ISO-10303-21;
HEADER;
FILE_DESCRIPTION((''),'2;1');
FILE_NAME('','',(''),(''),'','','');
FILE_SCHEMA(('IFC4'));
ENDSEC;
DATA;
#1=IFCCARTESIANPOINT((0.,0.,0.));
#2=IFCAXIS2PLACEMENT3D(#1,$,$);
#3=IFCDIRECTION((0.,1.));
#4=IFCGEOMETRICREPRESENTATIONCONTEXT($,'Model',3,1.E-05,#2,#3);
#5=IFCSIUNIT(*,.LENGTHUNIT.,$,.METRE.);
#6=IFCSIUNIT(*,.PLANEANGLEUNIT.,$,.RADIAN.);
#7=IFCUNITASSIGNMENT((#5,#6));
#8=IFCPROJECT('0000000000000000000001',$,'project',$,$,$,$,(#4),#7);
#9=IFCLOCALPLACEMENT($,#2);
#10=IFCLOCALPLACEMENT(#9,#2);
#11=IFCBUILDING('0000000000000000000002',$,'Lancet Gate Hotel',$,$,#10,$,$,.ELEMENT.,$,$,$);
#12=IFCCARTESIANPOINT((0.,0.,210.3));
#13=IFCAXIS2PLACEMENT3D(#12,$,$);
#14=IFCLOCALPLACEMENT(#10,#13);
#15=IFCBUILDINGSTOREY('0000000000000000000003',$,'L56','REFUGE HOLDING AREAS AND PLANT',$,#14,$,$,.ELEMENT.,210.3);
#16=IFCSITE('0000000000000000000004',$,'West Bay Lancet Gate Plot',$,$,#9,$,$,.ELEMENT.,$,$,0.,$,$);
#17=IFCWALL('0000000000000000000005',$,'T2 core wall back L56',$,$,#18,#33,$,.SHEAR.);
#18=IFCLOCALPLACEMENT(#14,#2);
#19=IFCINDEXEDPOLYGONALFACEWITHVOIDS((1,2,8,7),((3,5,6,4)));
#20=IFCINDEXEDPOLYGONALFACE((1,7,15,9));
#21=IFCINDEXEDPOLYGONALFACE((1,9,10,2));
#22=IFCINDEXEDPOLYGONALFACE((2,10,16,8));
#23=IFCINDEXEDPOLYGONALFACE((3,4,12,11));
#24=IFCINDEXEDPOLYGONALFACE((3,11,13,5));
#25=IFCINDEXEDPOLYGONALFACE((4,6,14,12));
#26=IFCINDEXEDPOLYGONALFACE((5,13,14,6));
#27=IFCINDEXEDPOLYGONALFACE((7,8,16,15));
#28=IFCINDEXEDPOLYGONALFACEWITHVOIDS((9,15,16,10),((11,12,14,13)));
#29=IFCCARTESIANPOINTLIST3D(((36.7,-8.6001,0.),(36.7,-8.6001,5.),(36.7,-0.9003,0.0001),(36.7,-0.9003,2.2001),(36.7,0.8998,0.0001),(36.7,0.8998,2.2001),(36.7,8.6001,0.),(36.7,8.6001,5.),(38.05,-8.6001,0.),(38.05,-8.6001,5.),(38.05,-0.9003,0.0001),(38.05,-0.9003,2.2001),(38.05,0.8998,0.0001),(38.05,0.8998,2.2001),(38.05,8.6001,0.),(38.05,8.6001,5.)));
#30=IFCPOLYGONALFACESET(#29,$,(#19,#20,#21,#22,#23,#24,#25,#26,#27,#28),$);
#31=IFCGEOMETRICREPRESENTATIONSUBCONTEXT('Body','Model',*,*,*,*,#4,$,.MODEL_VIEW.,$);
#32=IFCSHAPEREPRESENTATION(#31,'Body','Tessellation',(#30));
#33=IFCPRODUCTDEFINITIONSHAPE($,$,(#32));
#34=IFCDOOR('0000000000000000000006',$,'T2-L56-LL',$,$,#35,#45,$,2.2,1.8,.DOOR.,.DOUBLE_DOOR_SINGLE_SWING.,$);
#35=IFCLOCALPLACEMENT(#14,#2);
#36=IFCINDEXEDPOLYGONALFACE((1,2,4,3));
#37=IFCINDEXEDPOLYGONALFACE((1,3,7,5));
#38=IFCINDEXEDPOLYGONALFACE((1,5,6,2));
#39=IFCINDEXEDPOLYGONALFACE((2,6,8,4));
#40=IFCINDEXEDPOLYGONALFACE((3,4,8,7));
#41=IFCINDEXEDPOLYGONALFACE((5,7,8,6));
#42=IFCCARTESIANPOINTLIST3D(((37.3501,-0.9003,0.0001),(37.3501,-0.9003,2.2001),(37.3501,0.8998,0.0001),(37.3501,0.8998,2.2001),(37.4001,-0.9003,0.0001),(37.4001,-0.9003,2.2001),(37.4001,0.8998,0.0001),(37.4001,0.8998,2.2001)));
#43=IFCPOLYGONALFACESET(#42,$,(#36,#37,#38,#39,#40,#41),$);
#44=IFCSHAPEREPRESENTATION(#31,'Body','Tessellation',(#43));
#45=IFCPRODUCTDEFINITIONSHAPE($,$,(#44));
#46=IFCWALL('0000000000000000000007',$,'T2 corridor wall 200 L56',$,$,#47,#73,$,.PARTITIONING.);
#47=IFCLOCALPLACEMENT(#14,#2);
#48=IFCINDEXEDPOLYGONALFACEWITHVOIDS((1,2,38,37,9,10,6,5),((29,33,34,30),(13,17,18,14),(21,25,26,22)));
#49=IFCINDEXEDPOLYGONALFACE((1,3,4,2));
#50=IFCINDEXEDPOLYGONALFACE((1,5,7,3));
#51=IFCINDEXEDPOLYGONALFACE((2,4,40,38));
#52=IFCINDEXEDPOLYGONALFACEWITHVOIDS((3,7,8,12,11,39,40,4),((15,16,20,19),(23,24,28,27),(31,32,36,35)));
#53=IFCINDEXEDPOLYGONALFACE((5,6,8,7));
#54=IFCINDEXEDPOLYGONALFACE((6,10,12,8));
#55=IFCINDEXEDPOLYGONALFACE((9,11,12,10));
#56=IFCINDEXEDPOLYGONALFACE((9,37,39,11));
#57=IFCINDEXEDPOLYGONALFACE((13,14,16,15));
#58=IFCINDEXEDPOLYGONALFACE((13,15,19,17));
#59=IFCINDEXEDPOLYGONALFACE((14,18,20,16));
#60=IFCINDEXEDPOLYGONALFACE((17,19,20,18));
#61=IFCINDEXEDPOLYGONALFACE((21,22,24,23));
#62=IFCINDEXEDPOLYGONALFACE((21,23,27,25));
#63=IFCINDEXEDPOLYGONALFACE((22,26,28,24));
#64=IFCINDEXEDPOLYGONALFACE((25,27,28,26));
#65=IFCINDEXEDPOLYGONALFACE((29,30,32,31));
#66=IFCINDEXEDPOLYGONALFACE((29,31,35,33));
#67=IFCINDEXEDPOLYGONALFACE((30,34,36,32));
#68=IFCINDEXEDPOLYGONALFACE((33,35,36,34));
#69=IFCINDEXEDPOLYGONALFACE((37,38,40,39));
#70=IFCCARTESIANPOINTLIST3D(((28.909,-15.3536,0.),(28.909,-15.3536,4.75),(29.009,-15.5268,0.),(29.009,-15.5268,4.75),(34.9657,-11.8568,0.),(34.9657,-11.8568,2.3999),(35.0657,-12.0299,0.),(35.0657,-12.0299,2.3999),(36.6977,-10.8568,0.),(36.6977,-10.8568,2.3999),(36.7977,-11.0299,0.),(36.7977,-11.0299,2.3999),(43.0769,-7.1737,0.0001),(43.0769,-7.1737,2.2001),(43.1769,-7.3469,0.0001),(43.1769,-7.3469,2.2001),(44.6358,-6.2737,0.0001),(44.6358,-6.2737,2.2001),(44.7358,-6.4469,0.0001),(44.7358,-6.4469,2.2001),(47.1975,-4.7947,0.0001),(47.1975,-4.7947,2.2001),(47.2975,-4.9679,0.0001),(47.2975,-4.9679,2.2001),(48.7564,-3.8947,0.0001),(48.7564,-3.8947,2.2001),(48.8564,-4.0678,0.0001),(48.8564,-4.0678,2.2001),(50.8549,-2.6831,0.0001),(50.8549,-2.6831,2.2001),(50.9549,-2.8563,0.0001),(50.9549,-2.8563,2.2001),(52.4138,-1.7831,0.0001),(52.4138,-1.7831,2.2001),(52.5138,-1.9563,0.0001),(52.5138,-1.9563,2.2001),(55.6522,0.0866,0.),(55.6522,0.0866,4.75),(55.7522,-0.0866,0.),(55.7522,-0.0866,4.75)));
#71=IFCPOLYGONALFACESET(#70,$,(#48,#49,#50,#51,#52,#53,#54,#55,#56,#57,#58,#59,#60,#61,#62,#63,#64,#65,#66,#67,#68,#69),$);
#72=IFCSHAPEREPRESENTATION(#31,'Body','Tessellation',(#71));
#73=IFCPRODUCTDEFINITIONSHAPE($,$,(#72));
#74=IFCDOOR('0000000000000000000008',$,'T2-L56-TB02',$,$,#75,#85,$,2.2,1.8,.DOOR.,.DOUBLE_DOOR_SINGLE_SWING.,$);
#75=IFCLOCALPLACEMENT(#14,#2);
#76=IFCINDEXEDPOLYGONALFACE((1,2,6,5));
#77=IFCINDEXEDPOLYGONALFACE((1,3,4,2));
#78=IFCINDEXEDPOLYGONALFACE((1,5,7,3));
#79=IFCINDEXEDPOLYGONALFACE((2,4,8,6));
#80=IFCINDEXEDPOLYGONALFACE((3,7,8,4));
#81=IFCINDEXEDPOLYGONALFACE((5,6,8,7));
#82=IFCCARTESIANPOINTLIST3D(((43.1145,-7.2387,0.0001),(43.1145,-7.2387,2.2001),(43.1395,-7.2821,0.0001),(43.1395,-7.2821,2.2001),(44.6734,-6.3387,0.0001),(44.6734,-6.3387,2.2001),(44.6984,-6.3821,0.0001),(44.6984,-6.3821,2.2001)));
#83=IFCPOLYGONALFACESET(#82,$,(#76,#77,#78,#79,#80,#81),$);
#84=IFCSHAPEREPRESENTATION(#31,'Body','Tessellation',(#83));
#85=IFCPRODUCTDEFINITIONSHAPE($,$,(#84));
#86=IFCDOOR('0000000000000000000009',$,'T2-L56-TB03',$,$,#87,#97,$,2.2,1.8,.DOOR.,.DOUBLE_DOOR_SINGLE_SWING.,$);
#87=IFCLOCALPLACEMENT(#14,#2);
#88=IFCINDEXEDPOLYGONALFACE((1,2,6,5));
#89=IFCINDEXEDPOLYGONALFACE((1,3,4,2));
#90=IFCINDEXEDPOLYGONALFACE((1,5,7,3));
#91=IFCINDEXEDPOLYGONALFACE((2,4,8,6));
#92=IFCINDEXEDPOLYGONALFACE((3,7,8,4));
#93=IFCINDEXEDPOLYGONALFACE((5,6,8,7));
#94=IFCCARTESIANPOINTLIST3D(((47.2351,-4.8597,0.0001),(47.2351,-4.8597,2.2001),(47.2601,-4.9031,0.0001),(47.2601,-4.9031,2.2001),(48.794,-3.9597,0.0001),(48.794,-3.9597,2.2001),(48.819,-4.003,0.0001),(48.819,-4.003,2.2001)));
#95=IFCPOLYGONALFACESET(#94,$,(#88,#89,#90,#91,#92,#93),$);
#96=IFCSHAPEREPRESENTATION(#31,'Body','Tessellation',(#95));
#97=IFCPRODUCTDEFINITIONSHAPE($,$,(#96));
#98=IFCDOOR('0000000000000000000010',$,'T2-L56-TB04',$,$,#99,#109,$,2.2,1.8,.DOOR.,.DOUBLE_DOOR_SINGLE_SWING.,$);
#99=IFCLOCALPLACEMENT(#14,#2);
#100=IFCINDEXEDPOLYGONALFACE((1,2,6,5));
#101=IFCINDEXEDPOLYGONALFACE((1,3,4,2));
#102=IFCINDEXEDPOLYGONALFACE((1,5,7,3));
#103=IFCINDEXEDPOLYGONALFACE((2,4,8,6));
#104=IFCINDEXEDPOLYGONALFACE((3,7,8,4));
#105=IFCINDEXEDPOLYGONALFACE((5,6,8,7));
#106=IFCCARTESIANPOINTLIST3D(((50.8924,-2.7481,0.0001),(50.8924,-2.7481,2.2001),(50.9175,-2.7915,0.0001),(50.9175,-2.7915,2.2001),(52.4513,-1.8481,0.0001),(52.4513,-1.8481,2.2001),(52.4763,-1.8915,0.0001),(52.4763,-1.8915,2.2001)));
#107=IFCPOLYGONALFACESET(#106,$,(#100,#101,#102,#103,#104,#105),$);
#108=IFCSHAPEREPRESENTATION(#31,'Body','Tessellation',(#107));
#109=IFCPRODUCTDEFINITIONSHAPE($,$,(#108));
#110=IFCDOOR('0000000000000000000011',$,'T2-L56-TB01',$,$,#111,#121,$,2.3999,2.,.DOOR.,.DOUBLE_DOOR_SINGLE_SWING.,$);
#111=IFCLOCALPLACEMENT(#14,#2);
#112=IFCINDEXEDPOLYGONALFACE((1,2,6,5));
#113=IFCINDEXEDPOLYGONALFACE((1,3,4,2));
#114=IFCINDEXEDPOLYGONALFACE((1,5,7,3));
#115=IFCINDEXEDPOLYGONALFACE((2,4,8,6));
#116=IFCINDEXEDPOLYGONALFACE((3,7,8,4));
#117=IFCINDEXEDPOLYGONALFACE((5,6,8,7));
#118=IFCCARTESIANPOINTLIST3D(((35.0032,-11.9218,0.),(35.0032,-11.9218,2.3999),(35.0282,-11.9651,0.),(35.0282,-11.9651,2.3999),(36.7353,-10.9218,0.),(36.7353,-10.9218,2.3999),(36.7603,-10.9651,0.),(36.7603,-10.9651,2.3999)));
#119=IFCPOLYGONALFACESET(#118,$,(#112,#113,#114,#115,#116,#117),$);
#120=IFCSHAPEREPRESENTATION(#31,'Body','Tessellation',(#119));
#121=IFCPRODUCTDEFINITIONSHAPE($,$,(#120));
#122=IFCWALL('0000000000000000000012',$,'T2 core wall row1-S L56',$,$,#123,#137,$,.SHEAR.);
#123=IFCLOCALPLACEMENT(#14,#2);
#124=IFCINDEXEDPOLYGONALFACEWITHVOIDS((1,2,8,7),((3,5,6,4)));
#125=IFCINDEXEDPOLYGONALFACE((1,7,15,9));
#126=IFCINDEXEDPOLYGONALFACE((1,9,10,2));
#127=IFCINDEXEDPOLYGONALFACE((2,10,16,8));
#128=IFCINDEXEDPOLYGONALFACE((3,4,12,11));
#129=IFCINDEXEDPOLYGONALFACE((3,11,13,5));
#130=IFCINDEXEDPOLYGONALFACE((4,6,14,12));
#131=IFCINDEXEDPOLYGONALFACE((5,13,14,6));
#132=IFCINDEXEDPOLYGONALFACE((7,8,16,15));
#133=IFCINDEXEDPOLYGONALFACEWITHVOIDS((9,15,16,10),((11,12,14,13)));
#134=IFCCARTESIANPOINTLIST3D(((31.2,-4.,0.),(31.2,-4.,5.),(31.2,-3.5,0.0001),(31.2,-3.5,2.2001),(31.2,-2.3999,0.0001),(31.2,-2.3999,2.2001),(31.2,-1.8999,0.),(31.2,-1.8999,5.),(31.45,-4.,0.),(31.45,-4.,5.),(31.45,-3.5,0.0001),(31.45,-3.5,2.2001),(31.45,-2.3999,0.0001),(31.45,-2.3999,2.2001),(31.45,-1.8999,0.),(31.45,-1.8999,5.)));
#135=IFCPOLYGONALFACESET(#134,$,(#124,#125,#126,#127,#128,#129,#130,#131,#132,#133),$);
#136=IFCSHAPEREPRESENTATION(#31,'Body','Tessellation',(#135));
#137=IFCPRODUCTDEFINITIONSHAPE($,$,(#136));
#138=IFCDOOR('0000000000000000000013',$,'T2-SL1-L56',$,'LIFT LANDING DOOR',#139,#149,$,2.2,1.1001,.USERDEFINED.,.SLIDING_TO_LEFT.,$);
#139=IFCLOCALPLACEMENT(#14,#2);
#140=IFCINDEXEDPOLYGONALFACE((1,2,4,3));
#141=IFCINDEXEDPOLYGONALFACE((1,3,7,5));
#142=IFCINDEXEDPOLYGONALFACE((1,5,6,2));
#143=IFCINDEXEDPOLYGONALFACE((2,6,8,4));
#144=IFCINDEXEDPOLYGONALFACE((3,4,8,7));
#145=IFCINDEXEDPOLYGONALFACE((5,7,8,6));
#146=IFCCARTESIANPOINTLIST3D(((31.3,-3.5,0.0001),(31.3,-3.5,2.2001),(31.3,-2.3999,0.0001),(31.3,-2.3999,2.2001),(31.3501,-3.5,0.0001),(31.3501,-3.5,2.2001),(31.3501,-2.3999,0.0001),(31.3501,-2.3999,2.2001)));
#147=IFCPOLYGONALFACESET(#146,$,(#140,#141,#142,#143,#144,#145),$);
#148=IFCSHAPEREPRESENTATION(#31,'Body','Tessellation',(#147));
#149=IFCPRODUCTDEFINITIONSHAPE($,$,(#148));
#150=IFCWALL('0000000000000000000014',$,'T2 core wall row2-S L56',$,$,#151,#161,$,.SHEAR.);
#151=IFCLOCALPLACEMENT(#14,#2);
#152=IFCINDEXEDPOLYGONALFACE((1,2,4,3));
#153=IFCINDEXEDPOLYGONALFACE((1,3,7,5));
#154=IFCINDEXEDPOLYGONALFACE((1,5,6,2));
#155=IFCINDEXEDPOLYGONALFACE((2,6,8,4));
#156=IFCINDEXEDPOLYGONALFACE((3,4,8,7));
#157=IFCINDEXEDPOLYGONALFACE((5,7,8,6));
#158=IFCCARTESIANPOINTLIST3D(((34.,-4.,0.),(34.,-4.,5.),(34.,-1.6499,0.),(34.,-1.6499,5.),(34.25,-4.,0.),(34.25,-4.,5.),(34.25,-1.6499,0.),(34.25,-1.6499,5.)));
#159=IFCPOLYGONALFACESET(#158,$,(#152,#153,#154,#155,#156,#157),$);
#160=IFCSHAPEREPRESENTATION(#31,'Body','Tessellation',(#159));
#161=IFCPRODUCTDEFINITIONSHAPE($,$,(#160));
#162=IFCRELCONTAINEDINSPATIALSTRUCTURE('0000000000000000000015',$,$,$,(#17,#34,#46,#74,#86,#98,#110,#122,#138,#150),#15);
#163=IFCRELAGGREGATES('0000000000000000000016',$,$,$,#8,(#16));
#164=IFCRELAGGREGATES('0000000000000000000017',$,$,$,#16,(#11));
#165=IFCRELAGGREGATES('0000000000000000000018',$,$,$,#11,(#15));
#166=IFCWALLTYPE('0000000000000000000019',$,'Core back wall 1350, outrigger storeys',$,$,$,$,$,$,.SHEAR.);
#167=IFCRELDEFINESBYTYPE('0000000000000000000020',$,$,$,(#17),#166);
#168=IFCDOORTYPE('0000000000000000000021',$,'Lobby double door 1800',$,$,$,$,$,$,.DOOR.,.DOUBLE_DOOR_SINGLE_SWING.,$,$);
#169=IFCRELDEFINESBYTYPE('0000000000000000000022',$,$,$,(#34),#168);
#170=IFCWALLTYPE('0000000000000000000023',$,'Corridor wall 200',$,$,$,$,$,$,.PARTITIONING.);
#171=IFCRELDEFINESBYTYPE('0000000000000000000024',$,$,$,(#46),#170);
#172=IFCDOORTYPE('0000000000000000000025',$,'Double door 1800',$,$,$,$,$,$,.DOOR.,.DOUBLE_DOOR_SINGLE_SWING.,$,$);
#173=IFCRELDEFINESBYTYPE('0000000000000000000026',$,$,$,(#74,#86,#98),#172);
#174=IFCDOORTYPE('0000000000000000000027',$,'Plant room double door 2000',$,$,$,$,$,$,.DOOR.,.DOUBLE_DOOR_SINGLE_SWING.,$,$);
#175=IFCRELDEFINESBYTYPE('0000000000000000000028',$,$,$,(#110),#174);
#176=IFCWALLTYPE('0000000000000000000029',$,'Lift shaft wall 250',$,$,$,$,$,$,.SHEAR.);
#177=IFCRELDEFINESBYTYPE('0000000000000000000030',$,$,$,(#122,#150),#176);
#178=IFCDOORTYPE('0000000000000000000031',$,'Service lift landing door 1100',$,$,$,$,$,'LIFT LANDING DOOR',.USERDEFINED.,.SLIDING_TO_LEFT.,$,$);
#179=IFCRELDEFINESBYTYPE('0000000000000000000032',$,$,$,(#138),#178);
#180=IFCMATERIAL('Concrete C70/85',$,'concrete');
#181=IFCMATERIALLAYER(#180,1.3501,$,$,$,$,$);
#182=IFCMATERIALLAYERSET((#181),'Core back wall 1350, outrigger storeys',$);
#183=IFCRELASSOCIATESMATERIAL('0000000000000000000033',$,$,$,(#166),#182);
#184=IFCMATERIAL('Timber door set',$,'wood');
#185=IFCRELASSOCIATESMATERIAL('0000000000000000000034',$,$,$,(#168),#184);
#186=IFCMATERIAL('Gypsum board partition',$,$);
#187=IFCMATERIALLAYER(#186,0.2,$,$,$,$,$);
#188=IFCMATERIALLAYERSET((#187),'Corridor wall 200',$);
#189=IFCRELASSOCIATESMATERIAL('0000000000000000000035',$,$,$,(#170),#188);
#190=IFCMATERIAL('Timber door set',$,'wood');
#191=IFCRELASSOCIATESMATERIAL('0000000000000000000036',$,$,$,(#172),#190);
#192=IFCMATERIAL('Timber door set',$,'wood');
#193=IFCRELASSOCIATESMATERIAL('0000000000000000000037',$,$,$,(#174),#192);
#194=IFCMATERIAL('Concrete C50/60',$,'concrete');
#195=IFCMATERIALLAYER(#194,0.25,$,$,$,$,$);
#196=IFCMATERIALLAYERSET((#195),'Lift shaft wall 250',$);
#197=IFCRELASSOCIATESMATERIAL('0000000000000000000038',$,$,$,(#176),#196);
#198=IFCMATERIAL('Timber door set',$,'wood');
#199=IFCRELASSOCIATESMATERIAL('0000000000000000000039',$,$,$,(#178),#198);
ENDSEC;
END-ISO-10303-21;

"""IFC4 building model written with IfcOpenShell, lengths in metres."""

from ifc_helpers import new_model, si_unit, direction, frame, frame_2d, origin, place, context, subcontext, project, spatial, rectangle, extrude, material, layer, layer_set, type_object, element, fill, save


model = new_model("IFC4")

# Units and contexts
model_context = context("Model", 3, precision=1e-05, world=origin(), true_north=direction((0.0, 1.0)))
body_context = subcontext(model_context, "Body", "Model", "MODEL_VIEW")
ifc_project = project(units=[si_unit("LENGTHUNIT", "METRE"), si_unit("PLANEANGLEUNIT", "RADIAN")], contexts=[model_context])

# Site, building, storey
site_placement = place(None, origin())
site = spatial("IfcSite", under=ifc_project, at=site_placement, Name="West Bay Lancet Gate Plot", CompositionType="ELEMENT", RefElevation=0.0)
building_placement = place(site_placement, origin())
building = spatial("IfcBuilding", under=site, at=building_placement, Name="Lancet Gate Hotel", CompositionType="ELEMENT")
storey_placement = place(building_placement, frame((0.0, 0.0, 210.3)))
storey = spatial("IfcBuildingStorey", under=building, at=storey_placement, Name="L56", Description="REFUGE HOLDING AREAS AND PLANT", CompositionType="ELEMENT", Elevation=210.3)

# Wall, opening, door
ifc_material_1 = material(Name="Concrete C70/85", Category="concrete")
ifc_layer_1 = layer(ifc_material_1, 1.3501)
ifc_layer_set_1 = layer_set([ifc_layer_1], Name="Core back wall 1350, outrigger storeys")
wall_type_1 = type_object("IfcWallType", Name="Core back wall 1350, outrigger storeys", PredefinedType="SHEAR", material=ifc_layer_set_1)
wall_1_placement = place(storey_placement, frame((37.375, -8.6001, 0.0), z_axis=(0.0, 0.0, 1.0), x_axis=(0.0, 1.0, 0.0)))
wall_1 = element("IfcWall", 1, at=wall_1_placement, inside=storey, type_object=wall_type_1, Name="T2 core wall back L56", PredefinedType="SHEAR", context=body_context, shape_type="SweptSolid", body=[
    extrude(rectangle(XDim=17.2002, YDim=1.3501, at=frame_2d((8.6001, 0.0))), origin(), (0.0, 0.0, 1.0), 5.0),
])
opening_1_placement = place(wall_1_placement, frame((7.7, 0.0, 0.0)))
opening_1 = element("IfcOpeningElement", 2, at=opening_1_placement, cuts=wall_1, PredefinedType="OPENING", context=body_context, shape_type="SweptSolid", body=[
    extrude(rectangle(XDim=1.8, YDim=2.2, at=frame_2d((0.8999, 1.1001))), frame((0.0, 0.6851, 0.0), z_axis=(0.0, -1.0, 0.0), x_axis=(1.0, 0.0, 0.0)), (0.0, 0.0, 1.0), 1.3701),
])
ifc_material_2 = material(Name="Timber door set", Category="wood")
door_type_1 = type_object("IfcDoorType", Name="Lobby double door 1800", OperationType="DOUBLE_DOOR_SINGLE_SWING", PredefinedType="DOOR", material=ifc_material_2)
door_1_placement = place(opening_1_placement, origin())
door_1 = element("IfcDoor", 3, at=door_1_placement, inside=storey, type_object=door_type_1, Name="T2-L56-LL", OperationType="DOUBLE_DOOR_SINGLE_SWING", OverallHeight=2.2, OverallWidth=1.8, PredefinedType="DOOR", context=body_context, shape_type="SweptSolid", body=[
    extrude(rectangle(XDim=1.8, YDim=2.2, at=frame_2d((0.8999, 1.1001))), frame((0.0, 0.0249, 0.0), z_axis=(0.0, -1.0, 0.0), x_axis=(1.0, 0.0, 0.0)), (0.0, 0.0, 1.0), 0.05),
])
fill(opening_1, door_1)

# Wall, openings, doors
ifc_material_3 = material(Name="Gypsum board partition")
ifc_layer_2 = layer(ifc_material_3, 0.2)
ifc_layer_set_2 = layer_set([ifc_layer_2], Name="Corridor wall 200")
wall_type_2 = type_object("IfcWallType", Name="Corridor wall 200", PredefinedType="PARTITIONING", material=ifc_layer_set_2)
wall_2_placement = place(storey_placement, frame((28.959, -15.4402, 0.0), z_axis=(0.0, 0.0, 1.0), x_axis=(0.866025, 0.5, 0.0)))
wall_2 = element("IfcWall", 4, at=wall_2_placement, inside=storey, type_object=wall_type_2, Name="T2 corridor wall 200 L56", PredefinedType="PARTITIONING", context=body_context, shape_type="SweptSolid", body=[
    extrude(rectangle(XDim=30.8804, YDim=0.2, at=frame_2d((15.4402, 0.0))), origin(), (0.0, 0.0, 1.0), 4.75),
])
opening_2_placement = place(wall_2_placement, frame((6.9937, 0.0, 0.0)))
opening_2 = element("IfcOpeningElement", 5, at=opening_2_placement, cuts=wall_2, PredefinedType="OPENING", context=body_context, shape_type="SweptSolid", body=[
    extrude(rectangle(XDim=2.0, YDim=2.3999, at=frame_2d((1.0, 1.2))), frame((0.0, 0.1099, 0.0), z_axis=(0.0, -1.0, 0.0), x_axis=(1.0, 0.0, 0.0)), (0.0, 0.0, 1.0), 0.22),
])
opening_3_placement = place(wall_2_placement, frame((16.3599, 0.0, 0.0)))
opening_3 = element("IfcOpeningElement", 6, at=opening_3_placement, cuts=wall_2, PredefinedType="OPENING", context=body_context, shape_type="SweptSolid", body=[
    extrude(rectangle(XDim=1.8, YDim=2.2, at=frame_2d((0.8999, 1.1001))), frame((0.0, 0.1099, 0.0), z_axis=(0.0, -1.0, 0.0), x_axis=(1.0, 0.0, 0.0)), (0.0, 0.0, 1.0), 0.22),
])
opening_4_placement = place(wall_2_placement, frame((21.1179, 0.0, 0.0)))
opening_4 = element("IfcOpeningElement", 7, at=opening_4_placement, cuts=wall_2, PredefinedType="OPENING", context=body_context, shape_type="SweptSolid", body=[
    extrude(rectangle(XDim=1.8, YDim=2.2, at=frame_2d((0.8999, 1.1001))), frame((0.0, 0.1099, 0.0), z_axis=(0.0, -1.0, 0.0), x_axis=(1.0, 0.0, 0.0)), (0.0, 0.0, 1.0), 0.22),
])
opening_5_placement = place(wall_2_placement, frame((25.3411, 0.0, 0.0)))
opening_5 = element("IfcOpeningElement", 8, at=opening_5_placement, cuts=wall_2, PredefinedType="OPENING", context=body_context, shape_type="SweptSolid", body=[
    extrude(rectangle(XDim=1.8, YDim=2.2, at=frame_2d((0.8999, 1.1001))), frame((0.0, 0.1099, 0.0), z_axis=(0.0, -1.0, 0.0), x_axis=(1.0, 0.0, 0.0)), (0.0, 0.0, 1.0), 0.22),
])
ifc_material_4 = material(Name="Timber door set", Category="wood")
door_type_2 = type_object("IfcDoorType", Name="Double door 1800", OperationType="DOUBLE_DOOR_SINGLE_SWING", PredefinedType="DOOR", material=ifc_material_4)
door_2_placement = place(opening_3_placement, origin())
door_2 = element("IfcDoor", 9, at=door_2_placement, inside=storey, type_object=door_type_2, Name="T2-L56-TB02", OperationType="DOUBLE_DOOR_SINGLE_SWING", OverallHeight=2.2, OverallWidth=1.8, PredefinedType="DOOR", context=body_context, shape_type="SweptSolid", body=[
    extrude(rectangle(XDim=1.8, YDim=2.2, at=frame_2d((0.8999, 1.1001))), frame((0.0, 0.0249, 0.0), z_axis=(0.0, -1.0, 0.0), x_axis=(1.0, 0.0, 0.0)), (0.0, 0.0, 1.0), 0.05),
])
fill(opening_3, door_2)
door_3_placement = place(opening_4_placement, origin())
door_3 = element("IfcDoor", 10, at=door_3_placement, inside=storey, type_object=door_type_2, Name="T2-L56-TB03", OperationType="DOUBLE_DOOR_SINGLE_SWING", OverallHeight=2.2, OverallWidth=1.8, PredefinedType="DOOR", context=body_context, shape_type="SweptSolid", body=[
    extrude(rectangle(XDim=1.8, YDim=2.2, at=frame_2d((0.8999, 1.1001))), frame((0.0, 0.0249, 0.0), z_axis=(0.0, -1.0, 0.0), x_axis=(1.0, 0.0, 0.0)), (0.0, 0.0, 1.0), 0.05),
])
fill(opening_4, door_3)
door_4_placement = place(opening_5_placement, origin())
door_4 = element("IfcDoor", 11, at=door_4_placement, inside=storey, type_object=door_type_2, Name="T2-L56-TB04", OperationType="DOUBLE_DOOR_SINGLE_SWING", OverallHeight=2.2, OverallWidth=1.8, PredefinedType="DOOR", context=body_context, shape_type="SweptSolid", body=[
    extrude(rectangle(XDim=1.8, YDim=2.2, at=frame_2d((0.8999, 1.1001))), frame((0.0, 0.0249, 0.0), z_axis=(0.0, -1.0, 0.0), x_axis=(1.0, 0.0, 0.0)), (0.0, 0.0, 1.0), 0.05),
])
fill(opening_5, door_4)
ifc_material_5 = material(Name="Timber door set", Category="wood")
door_type_3 = type_object("IfcDoorType", Name="Plant room double door 2000", OperationType="DOUBLE_DOOR_SINGLE_SWING", PredefinedType="DOOR", material=ifc_material_5)
door_5_placement = place(opening_2_placement, origin())
door_5 = element("IfcDoor", 12, at=door_5_placement, inside=storey, type_object=door_type_3, Name="T2-L56-TB01", OperationType="DOUBLE_DOOR_SINGLE_SWING", OverallHeight=2.3999, OverallWidth=2.0, PredefinedType="DOOR", context=body_context, shape_type="SweptSolid", body=[
    extrude(rectangle(XDim=2.0, YDim=2.3999, at=frame_2d((1.0, 1.2))), frame((0.0, 0.0249, 0.0), z_axis=(0.0, -1.0, 0.0), x_axis=(1.0, 0.0, 0.0)), (0.0, 0.0, 1.0), 0.05),
])
fill(opening_2, door_5)

# Wall, opening, door
ifc_material_6 = material(Name="Concrete C50/60", Category="concrete")
ifc_layer_3 = layer(ifc_material_6, 0.25)
ifc_layer_set_3 = layer_set([ifc_layer_3], Name="Lift shaft wall 250")
wall_type_3 = type_object("IfcWallType", Name="Lift shaft wall 250", PredefinedType="SHEAR", material=ifc_layer_set_3)
wall_3_placement = place(storey_placement, frame((31.325, -4.0, 0.0), z_axis=(0.0, 0.0, 1.0), x_axis=(0.0, 1.0, 0.0)))
wall_3 = element("IfcWall", 13, at=wall_3_placement, inside=storey, type_object=wall_type_3, Name="T2 core wall row1-S L56", PredefinedType="SHEAR", context=body_context, shape_type="SweptSolid", body=[
    extrude(rectangle(XDim=2.1001, YDim=0.25, at=frame_2d((1.05, 0.0))), origin(), (0.0, 0.0, 1.0), 5.0),
])
opening_6_placement = place(wall_3_placement, frame((0.5, 0.0, 0.0)))
opening_6 = element("IfcOpeningElement", 14, at=opening_6_placement, cuts=wall_3, PredefinedType="OPENING", context=body_context, shape_type="SweptSolid", body=[
    extrude(rectangle(XDim=1.1001, YDim=2.2, at=frame_2d((0.55, 1.1001))), frame((0.0, 0.135, 0.0), z_axis=(0.0, -1.0, 0.0), x_axis=(1.0, 0.0, 0.0)), (0.0, 0.0, 1.0), 0.27),
])
ifc_material_7 = material(Name="Timber door set", Category="wood")
door_type_4 = type_object("IfcDoorType", Name="Service lift landing door 1100", ElementType="LIFT LANDING DOOR", OperationType="SLIDING_TO_LEFT", PredefinedType="USERDEFINED", material=ifc_material_7)
door_6_placement = place(opening_6_placement, origin())
door_6 = element("IfcDoor", 15, at=door_6_placement, inside=storey, type_object=door_type_4, Name="T2-SL1-L56", ObjectType="LIFT LANDING DOOR", OperationType="SLIDING_TO_LEFT", OverallHeight=2.2, OverallWidth=1.1001, PredefinedType="USERDEFINED", context=body_context, shape_type="SweptSolid", body=[
    extrude(rectangle(XDim=1.1001, YDim=2.2, at=frame_2d((0.55, 1.1001))), frame((0.0, 0.0249, 0.0), z_axis=(0.0, -1.0, 0.0), x_axis=(1.0, 0.0, 0.0)), (0.0, 0.0, 1.0), 0.05),
])
fill(opening_6, door_6)

# Wall
wall_4_placement = place(storey_placement, frame((34.125, -4.0, 0.0), z_axis=(0.0, 0.0, 1.0), x_axis=(0.0, 1.0, 0.0)))
element("IfcWall", 16, at=wall_4_placement, inside=storey, type_object=wall_type_3, Name="T2 core wall row2-S L56", PredefinedType="SHEAR", context=body_context, shape_type="SweptSolid", body=[
    extrude(rectangle(XDim=2.3501, YDim=0.25, at=frame_2d((1.175, 0.0))), origin(), (0.0, 0.0, 1.0), 5.0),
])

save(model, "model.ifc")
